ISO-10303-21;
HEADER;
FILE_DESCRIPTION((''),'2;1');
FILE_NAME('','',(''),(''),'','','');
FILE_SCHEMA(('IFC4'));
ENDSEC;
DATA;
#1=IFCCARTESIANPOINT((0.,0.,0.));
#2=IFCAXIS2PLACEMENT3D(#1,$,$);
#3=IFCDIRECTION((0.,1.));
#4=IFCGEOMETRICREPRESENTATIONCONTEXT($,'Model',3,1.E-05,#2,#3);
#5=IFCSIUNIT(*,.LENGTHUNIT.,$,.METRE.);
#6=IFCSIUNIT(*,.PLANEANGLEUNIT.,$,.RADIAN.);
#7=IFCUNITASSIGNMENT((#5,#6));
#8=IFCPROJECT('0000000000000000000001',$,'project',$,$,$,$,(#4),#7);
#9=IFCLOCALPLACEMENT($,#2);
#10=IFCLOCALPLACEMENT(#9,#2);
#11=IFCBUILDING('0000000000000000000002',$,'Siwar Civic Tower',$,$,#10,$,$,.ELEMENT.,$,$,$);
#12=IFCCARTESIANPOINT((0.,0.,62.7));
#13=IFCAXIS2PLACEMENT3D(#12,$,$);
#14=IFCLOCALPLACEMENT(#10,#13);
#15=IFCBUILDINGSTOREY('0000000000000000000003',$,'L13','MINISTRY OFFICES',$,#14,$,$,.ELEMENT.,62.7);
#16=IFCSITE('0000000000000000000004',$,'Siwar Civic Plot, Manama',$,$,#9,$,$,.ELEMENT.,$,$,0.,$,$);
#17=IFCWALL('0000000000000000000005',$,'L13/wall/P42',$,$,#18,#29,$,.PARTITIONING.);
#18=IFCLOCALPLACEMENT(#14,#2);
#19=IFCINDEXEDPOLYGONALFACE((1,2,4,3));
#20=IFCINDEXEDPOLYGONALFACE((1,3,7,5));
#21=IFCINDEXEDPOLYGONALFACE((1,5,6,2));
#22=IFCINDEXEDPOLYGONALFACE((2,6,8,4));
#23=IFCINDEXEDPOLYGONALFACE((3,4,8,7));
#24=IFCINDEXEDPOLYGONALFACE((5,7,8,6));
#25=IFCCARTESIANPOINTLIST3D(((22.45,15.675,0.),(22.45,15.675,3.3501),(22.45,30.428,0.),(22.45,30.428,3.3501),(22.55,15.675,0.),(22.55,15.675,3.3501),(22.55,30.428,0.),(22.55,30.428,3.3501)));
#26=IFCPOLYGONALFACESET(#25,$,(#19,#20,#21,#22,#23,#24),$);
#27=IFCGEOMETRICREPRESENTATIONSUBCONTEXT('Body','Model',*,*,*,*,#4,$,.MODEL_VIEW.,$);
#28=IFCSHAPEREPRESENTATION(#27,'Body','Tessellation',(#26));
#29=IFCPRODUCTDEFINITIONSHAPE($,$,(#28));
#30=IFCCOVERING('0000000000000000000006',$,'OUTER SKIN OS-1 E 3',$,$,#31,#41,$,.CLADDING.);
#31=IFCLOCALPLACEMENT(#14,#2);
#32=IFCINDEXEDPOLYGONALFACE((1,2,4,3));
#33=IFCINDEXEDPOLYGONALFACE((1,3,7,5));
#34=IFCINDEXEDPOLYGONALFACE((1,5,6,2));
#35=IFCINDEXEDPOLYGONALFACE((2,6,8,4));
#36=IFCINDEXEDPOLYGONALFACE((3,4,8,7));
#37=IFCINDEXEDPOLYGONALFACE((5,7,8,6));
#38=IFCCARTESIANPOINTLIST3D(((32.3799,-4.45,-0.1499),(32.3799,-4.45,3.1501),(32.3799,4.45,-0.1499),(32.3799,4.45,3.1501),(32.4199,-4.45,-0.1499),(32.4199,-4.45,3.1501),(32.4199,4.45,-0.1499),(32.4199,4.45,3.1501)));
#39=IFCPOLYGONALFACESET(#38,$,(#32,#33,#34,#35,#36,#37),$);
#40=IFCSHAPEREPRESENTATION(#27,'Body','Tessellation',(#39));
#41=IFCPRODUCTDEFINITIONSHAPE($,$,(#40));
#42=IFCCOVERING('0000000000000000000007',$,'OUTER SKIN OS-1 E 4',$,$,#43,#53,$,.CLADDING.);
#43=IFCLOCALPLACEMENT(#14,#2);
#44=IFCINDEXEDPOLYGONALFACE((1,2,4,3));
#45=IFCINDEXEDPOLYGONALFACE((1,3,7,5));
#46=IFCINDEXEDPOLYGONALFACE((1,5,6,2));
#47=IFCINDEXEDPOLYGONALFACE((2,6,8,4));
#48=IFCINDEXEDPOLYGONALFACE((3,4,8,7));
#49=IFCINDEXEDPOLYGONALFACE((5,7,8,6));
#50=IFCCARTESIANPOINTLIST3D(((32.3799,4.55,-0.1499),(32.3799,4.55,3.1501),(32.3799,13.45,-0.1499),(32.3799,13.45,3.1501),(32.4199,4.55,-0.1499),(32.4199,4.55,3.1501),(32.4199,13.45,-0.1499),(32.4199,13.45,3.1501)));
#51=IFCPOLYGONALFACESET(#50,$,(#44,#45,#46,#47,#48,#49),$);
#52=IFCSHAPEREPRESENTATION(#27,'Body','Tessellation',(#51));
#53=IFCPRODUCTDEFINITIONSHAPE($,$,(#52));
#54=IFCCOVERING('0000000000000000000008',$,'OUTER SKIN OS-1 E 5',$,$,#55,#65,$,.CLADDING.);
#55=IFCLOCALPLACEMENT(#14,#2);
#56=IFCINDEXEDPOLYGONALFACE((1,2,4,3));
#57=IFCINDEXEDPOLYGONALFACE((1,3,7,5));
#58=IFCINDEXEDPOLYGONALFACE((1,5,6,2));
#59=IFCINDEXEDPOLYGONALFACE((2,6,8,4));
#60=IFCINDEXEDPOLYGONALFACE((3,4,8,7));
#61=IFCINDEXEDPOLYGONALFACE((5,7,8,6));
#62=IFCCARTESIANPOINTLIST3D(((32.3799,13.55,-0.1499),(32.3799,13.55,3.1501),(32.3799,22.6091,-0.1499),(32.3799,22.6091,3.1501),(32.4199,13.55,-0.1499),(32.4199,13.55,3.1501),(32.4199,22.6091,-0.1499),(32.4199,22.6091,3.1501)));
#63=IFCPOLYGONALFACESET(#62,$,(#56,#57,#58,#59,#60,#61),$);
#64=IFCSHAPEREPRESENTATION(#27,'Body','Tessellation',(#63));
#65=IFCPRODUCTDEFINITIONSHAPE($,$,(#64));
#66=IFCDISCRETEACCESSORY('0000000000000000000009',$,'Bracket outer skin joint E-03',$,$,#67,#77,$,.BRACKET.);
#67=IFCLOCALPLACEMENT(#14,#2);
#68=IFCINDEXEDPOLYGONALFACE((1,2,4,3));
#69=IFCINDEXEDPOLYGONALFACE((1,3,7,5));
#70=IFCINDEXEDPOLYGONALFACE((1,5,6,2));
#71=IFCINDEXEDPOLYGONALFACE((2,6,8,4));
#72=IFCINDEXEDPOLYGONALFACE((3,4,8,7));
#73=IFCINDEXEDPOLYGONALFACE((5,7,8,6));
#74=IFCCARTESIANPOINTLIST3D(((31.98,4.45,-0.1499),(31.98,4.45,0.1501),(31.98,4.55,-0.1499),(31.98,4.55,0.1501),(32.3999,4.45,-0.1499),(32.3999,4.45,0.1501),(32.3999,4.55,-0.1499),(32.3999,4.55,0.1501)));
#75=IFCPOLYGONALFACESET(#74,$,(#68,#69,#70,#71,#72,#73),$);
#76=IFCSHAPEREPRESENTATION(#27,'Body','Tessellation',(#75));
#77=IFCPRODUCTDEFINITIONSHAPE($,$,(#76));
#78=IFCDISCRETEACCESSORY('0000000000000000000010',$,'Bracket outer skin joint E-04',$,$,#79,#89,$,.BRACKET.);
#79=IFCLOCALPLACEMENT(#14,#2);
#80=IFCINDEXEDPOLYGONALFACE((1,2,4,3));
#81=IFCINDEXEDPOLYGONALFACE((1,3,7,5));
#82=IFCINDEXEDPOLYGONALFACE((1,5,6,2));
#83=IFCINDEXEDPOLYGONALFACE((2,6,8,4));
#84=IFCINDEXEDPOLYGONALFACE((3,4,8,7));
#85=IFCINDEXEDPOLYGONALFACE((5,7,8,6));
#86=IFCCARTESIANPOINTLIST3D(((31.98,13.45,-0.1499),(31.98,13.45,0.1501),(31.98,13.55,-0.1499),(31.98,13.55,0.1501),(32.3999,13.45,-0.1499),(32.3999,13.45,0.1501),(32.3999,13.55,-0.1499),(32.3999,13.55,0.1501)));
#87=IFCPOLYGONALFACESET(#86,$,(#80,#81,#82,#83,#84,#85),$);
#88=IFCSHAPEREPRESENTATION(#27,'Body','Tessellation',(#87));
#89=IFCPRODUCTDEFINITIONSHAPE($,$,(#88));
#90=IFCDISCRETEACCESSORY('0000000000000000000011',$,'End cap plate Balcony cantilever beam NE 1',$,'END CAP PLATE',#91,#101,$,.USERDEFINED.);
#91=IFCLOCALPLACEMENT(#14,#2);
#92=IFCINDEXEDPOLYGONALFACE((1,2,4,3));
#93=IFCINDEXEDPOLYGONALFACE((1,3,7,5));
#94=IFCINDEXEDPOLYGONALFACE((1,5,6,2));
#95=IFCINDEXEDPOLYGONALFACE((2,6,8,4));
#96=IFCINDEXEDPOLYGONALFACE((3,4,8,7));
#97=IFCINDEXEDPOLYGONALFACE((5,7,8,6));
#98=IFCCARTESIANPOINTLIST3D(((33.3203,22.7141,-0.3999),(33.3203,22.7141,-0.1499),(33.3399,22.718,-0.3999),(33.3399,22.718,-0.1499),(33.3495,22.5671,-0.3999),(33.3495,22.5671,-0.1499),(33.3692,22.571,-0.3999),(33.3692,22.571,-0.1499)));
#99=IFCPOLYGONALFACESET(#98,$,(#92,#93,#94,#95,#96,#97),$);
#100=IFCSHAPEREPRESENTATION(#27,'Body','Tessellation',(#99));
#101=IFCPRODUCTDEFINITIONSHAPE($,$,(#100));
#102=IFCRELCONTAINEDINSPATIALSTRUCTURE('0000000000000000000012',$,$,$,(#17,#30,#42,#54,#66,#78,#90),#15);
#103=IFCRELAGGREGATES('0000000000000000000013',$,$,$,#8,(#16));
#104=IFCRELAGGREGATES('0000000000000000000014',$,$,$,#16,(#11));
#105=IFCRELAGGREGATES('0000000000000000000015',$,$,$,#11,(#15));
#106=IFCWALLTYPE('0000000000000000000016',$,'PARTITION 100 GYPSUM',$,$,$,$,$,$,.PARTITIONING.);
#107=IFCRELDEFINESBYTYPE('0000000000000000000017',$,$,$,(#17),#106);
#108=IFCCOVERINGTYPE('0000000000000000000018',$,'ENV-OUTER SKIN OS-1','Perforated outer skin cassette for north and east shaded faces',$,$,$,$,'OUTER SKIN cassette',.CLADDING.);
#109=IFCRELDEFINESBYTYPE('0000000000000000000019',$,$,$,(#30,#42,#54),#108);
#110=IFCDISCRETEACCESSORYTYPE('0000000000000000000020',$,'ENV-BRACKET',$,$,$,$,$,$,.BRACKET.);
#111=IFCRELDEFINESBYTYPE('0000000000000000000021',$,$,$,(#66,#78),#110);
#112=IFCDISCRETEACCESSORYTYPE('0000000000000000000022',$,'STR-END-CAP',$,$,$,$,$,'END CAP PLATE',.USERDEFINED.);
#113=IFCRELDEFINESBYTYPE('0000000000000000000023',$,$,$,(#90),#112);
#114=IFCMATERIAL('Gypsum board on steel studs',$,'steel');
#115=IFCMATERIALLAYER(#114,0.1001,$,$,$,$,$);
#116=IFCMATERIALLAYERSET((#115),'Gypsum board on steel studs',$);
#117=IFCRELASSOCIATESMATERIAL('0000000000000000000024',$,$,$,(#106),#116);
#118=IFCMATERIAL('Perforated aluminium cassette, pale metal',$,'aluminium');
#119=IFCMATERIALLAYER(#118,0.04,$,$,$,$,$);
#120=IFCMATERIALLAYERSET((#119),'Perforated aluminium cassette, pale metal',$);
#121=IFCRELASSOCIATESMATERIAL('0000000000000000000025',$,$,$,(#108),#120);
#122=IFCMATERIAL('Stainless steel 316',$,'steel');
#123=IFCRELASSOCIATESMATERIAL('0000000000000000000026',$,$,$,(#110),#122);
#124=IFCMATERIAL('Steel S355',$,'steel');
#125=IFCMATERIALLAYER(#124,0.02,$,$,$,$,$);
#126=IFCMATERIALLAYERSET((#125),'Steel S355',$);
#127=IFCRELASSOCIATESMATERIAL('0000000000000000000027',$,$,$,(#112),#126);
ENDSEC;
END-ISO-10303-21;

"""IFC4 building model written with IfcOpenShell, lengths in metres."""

from ifc_helpers import new_model, si_unit, direction, frame, frame_2d, origin, origin_2d, place, context, subcontext, project, spatial, rectangle, extrude, material, layer, layer_set, type_object, element, save


model = new_model("IFC4")

# Units and contexts
model_context = context("Model", 3, precision=1e-05, world=origin(), true_north=direction((0.0, 1.0)))
body_context = subcontext(model_context, "Body", "Model", "MODEL_VIEW")
ifc_project = project(units=[si_unit("LENGTHUNIT", "METRE"), si_unit("PLANEANGLEUNIT", "RADIAN")], contexts=[model_context])

# Site, building, storey
site_placement = place(None, origin())
site = spatial("IfcSite", under=ifc_project, at=site_placement, Name="Siwar Civic Plot, Manama", CompositionType="ELEMENT", RefElevation=0.0)
building_placement = place(site_placement, origin())
building = spatial("IfcBuilding", under=site, at=building_placement, Name="Siwar Civic Tower", CompositionType="ELEMENT")
storey_placement = place(building_placement, frame((0.0, 0.0, 62.7)))
storey = spatial("IfcBuildingStorey", under=building, at=storey_placement, Name="L13", Description="MINISTRY OFFICES", CompositionType="ELEMENT", Elevation=62.7)

# Wall
ifc_material_1 = material(Name="Gypsum board on steel studs", Category="steel")
ifc_layer_1 = layer(ifc_material_1, 0.1001)
ifc_layer_set_1 = layer_set([ifc_layer_1], Name="Gypsum board on steel studs")
wall_type = type_object("IfcWallType", Name="PARTITION 100 GYPSUM", PredefinedType="PARTITIONING", material=ifc_layer_set_1)
wall_1_placement = place(storey_placement, frame((22.5, 15.675, 0.0), z_axis=(0.0, 0.0, 1.0), x_axis=(0.0, 1.0, 0.0)))
element("IfcWall", 1, at=wall_1_placement, inside=storey, type_object=wall_type, Name="L13/wall/P42", PredefinedType="PARTITIONING", context=body_context, shape_type="SweptSolid", body=[
    extrude(rectangle(XDim=14.7529, YDim=0.1001, at=frame_2d((7.3765, 0.0))), origin(), (0.0, 0.0, 1.0), 3.3501),
])

# Coverings
ifc_material_2 = material(Name="Perforated aluminium cassette, pale metal", Category="aluminium")
ifc_layer_2 = layer(ifc_material_2, 0.04)
ifc_layer_set_2 = layer_set([ifc_layer_2], Name="Perforated aluminium cassette, pale metal")
covering_type = type_object("IfcCoveringType", Name="ENV-OUTER SKIN OS-1", Description="Perforated outer skin cassette for north and east shaded faces", ElementType="OUTER SKIN cassette", PredefinedType="CLADDING", material=ifc_layer_set_2)
for number, where, z_axis, x_axis, name in (
    (2, (32.3999, 0.0, -0.1499), (0.0, 0.0, 1.0), (0.0, 1.0, 0.0), "OUTER SKIN OS-1 E 3"),
    (3, (32.3999, 9.0, -0.1499), (0.0, 0.0, 1.0), (0.0, 1.0, 0.0), "OUTER SKIN OS-1 E 4"),
):
    element("IfcCovering", number, at=place(storey_placement, frame(where, z_axis=z_axis, x_axis=x_axis)), inside=storey, type_object=covering_type, Name=name, PredefinedType="CLADDING", context=body_context, shape_type="SweptSolid", body=[
        extrude(rectangle(XDim=8.8999, YDim=0.04, at=origin_2d()), origin(), (0.0, 0.0, 1.0), 3.3),
    ])
covering_placement = place(storey_placement, frame((32.3999, 18.0796, -0.1499), z_axis=(0.0, 0.0, 1.0), x_axis=(0.0, 1.0, 0.0)))
element("IfcCovering", 4, at=covering_placement, inside=storey, type_object=covering_type, Name="OUTER SKIN OS-1 E 5", PredefinedType="CLADDING", context=body_context, shape_type="SweptSolid", body=[
    extrude(rectangle(XDim=9.0591, YDim=0.04, at=origin_2d()), origin(), (0.0, 0.0, 1.0), 3.3),
])

# Discrete accessories
ifc_material_3 = material(Name="Stainless steel 316", Category="steel")
discrete_accessory_type_1 = type_object("IfcDiscreteAccessoryType", Name="ENV-BRACKET", PredefinedType="BRACKET", material=ifc_material_3)
for number, where, z_axis, x_axis, name in (
    (5, (32.1899, 4.5, -0.1499), (0.0, 0.0, 1.0), (1.0, 0.0, 0.0), "Bracket outer skin joint E-03"),
    (6, (32.1899, 13.5, -0.1499), (0.0, 0.0, 1.0), (1.0, 0.0, 0.0), "Bracket outer skin joint E-04"),
):
    element("IfcDiscreteAccessory", number, at=place(storey_placement, frame(where, z_axis=z_axis, x_axis=x_axis)), inside=storey, type_object=discrete_accessory_type_1, Name=name, PredefinedType="BRACKET", context=body_context, shape_type="SweptSolid", body=[
        extrude(rectangle(XDim=0.4199, YDim=0.1001, at=origin_2d()), origin(), (0.0, 0.0, 1.0), 0.3),
    ])
ifc_material_4 = material(Name="Steel S355", Category="steel")
ifc_layer_3 = layer(ifc_material_4, 0.02)
ifc_layer_set_3 = layer_set([ifc_layer_3], Name="Steel S355")
discrete_accessory_type_2 = type_object("IfcDiscreteAccessoryType", Name="STR-END-CAP", ElementType="END CAP PLATE", PredefinedType="USERDEFINED", material=ifc_layer_set_3)
discrete_accessory_placement = place(storey_placement, frame((33.3447, 22.6426, -0.3999), z_axis=(0.0, 0.0, 1.0), x_axis=(0.980785, 0.19509, 0.0)))
element("IfcDiscreteAccessory", 7, at=discrete_accessory_placement, inside=storey, type_object=discrete_accessory_type_2, Name="End cap plate Balcony cantilever beam NE 1", ObjectType="END CAP PLATE", PredefinedType="USERDEFINED", context=body_context, shape_type="SweptSolid", body=[
    extrude(rectangle(XDim=0.02, YDim=0.1499, at=origin_2d()), origin(), (0.0, 0.0, 1.0), 0.25),
])

save(model, "model.ifc")
